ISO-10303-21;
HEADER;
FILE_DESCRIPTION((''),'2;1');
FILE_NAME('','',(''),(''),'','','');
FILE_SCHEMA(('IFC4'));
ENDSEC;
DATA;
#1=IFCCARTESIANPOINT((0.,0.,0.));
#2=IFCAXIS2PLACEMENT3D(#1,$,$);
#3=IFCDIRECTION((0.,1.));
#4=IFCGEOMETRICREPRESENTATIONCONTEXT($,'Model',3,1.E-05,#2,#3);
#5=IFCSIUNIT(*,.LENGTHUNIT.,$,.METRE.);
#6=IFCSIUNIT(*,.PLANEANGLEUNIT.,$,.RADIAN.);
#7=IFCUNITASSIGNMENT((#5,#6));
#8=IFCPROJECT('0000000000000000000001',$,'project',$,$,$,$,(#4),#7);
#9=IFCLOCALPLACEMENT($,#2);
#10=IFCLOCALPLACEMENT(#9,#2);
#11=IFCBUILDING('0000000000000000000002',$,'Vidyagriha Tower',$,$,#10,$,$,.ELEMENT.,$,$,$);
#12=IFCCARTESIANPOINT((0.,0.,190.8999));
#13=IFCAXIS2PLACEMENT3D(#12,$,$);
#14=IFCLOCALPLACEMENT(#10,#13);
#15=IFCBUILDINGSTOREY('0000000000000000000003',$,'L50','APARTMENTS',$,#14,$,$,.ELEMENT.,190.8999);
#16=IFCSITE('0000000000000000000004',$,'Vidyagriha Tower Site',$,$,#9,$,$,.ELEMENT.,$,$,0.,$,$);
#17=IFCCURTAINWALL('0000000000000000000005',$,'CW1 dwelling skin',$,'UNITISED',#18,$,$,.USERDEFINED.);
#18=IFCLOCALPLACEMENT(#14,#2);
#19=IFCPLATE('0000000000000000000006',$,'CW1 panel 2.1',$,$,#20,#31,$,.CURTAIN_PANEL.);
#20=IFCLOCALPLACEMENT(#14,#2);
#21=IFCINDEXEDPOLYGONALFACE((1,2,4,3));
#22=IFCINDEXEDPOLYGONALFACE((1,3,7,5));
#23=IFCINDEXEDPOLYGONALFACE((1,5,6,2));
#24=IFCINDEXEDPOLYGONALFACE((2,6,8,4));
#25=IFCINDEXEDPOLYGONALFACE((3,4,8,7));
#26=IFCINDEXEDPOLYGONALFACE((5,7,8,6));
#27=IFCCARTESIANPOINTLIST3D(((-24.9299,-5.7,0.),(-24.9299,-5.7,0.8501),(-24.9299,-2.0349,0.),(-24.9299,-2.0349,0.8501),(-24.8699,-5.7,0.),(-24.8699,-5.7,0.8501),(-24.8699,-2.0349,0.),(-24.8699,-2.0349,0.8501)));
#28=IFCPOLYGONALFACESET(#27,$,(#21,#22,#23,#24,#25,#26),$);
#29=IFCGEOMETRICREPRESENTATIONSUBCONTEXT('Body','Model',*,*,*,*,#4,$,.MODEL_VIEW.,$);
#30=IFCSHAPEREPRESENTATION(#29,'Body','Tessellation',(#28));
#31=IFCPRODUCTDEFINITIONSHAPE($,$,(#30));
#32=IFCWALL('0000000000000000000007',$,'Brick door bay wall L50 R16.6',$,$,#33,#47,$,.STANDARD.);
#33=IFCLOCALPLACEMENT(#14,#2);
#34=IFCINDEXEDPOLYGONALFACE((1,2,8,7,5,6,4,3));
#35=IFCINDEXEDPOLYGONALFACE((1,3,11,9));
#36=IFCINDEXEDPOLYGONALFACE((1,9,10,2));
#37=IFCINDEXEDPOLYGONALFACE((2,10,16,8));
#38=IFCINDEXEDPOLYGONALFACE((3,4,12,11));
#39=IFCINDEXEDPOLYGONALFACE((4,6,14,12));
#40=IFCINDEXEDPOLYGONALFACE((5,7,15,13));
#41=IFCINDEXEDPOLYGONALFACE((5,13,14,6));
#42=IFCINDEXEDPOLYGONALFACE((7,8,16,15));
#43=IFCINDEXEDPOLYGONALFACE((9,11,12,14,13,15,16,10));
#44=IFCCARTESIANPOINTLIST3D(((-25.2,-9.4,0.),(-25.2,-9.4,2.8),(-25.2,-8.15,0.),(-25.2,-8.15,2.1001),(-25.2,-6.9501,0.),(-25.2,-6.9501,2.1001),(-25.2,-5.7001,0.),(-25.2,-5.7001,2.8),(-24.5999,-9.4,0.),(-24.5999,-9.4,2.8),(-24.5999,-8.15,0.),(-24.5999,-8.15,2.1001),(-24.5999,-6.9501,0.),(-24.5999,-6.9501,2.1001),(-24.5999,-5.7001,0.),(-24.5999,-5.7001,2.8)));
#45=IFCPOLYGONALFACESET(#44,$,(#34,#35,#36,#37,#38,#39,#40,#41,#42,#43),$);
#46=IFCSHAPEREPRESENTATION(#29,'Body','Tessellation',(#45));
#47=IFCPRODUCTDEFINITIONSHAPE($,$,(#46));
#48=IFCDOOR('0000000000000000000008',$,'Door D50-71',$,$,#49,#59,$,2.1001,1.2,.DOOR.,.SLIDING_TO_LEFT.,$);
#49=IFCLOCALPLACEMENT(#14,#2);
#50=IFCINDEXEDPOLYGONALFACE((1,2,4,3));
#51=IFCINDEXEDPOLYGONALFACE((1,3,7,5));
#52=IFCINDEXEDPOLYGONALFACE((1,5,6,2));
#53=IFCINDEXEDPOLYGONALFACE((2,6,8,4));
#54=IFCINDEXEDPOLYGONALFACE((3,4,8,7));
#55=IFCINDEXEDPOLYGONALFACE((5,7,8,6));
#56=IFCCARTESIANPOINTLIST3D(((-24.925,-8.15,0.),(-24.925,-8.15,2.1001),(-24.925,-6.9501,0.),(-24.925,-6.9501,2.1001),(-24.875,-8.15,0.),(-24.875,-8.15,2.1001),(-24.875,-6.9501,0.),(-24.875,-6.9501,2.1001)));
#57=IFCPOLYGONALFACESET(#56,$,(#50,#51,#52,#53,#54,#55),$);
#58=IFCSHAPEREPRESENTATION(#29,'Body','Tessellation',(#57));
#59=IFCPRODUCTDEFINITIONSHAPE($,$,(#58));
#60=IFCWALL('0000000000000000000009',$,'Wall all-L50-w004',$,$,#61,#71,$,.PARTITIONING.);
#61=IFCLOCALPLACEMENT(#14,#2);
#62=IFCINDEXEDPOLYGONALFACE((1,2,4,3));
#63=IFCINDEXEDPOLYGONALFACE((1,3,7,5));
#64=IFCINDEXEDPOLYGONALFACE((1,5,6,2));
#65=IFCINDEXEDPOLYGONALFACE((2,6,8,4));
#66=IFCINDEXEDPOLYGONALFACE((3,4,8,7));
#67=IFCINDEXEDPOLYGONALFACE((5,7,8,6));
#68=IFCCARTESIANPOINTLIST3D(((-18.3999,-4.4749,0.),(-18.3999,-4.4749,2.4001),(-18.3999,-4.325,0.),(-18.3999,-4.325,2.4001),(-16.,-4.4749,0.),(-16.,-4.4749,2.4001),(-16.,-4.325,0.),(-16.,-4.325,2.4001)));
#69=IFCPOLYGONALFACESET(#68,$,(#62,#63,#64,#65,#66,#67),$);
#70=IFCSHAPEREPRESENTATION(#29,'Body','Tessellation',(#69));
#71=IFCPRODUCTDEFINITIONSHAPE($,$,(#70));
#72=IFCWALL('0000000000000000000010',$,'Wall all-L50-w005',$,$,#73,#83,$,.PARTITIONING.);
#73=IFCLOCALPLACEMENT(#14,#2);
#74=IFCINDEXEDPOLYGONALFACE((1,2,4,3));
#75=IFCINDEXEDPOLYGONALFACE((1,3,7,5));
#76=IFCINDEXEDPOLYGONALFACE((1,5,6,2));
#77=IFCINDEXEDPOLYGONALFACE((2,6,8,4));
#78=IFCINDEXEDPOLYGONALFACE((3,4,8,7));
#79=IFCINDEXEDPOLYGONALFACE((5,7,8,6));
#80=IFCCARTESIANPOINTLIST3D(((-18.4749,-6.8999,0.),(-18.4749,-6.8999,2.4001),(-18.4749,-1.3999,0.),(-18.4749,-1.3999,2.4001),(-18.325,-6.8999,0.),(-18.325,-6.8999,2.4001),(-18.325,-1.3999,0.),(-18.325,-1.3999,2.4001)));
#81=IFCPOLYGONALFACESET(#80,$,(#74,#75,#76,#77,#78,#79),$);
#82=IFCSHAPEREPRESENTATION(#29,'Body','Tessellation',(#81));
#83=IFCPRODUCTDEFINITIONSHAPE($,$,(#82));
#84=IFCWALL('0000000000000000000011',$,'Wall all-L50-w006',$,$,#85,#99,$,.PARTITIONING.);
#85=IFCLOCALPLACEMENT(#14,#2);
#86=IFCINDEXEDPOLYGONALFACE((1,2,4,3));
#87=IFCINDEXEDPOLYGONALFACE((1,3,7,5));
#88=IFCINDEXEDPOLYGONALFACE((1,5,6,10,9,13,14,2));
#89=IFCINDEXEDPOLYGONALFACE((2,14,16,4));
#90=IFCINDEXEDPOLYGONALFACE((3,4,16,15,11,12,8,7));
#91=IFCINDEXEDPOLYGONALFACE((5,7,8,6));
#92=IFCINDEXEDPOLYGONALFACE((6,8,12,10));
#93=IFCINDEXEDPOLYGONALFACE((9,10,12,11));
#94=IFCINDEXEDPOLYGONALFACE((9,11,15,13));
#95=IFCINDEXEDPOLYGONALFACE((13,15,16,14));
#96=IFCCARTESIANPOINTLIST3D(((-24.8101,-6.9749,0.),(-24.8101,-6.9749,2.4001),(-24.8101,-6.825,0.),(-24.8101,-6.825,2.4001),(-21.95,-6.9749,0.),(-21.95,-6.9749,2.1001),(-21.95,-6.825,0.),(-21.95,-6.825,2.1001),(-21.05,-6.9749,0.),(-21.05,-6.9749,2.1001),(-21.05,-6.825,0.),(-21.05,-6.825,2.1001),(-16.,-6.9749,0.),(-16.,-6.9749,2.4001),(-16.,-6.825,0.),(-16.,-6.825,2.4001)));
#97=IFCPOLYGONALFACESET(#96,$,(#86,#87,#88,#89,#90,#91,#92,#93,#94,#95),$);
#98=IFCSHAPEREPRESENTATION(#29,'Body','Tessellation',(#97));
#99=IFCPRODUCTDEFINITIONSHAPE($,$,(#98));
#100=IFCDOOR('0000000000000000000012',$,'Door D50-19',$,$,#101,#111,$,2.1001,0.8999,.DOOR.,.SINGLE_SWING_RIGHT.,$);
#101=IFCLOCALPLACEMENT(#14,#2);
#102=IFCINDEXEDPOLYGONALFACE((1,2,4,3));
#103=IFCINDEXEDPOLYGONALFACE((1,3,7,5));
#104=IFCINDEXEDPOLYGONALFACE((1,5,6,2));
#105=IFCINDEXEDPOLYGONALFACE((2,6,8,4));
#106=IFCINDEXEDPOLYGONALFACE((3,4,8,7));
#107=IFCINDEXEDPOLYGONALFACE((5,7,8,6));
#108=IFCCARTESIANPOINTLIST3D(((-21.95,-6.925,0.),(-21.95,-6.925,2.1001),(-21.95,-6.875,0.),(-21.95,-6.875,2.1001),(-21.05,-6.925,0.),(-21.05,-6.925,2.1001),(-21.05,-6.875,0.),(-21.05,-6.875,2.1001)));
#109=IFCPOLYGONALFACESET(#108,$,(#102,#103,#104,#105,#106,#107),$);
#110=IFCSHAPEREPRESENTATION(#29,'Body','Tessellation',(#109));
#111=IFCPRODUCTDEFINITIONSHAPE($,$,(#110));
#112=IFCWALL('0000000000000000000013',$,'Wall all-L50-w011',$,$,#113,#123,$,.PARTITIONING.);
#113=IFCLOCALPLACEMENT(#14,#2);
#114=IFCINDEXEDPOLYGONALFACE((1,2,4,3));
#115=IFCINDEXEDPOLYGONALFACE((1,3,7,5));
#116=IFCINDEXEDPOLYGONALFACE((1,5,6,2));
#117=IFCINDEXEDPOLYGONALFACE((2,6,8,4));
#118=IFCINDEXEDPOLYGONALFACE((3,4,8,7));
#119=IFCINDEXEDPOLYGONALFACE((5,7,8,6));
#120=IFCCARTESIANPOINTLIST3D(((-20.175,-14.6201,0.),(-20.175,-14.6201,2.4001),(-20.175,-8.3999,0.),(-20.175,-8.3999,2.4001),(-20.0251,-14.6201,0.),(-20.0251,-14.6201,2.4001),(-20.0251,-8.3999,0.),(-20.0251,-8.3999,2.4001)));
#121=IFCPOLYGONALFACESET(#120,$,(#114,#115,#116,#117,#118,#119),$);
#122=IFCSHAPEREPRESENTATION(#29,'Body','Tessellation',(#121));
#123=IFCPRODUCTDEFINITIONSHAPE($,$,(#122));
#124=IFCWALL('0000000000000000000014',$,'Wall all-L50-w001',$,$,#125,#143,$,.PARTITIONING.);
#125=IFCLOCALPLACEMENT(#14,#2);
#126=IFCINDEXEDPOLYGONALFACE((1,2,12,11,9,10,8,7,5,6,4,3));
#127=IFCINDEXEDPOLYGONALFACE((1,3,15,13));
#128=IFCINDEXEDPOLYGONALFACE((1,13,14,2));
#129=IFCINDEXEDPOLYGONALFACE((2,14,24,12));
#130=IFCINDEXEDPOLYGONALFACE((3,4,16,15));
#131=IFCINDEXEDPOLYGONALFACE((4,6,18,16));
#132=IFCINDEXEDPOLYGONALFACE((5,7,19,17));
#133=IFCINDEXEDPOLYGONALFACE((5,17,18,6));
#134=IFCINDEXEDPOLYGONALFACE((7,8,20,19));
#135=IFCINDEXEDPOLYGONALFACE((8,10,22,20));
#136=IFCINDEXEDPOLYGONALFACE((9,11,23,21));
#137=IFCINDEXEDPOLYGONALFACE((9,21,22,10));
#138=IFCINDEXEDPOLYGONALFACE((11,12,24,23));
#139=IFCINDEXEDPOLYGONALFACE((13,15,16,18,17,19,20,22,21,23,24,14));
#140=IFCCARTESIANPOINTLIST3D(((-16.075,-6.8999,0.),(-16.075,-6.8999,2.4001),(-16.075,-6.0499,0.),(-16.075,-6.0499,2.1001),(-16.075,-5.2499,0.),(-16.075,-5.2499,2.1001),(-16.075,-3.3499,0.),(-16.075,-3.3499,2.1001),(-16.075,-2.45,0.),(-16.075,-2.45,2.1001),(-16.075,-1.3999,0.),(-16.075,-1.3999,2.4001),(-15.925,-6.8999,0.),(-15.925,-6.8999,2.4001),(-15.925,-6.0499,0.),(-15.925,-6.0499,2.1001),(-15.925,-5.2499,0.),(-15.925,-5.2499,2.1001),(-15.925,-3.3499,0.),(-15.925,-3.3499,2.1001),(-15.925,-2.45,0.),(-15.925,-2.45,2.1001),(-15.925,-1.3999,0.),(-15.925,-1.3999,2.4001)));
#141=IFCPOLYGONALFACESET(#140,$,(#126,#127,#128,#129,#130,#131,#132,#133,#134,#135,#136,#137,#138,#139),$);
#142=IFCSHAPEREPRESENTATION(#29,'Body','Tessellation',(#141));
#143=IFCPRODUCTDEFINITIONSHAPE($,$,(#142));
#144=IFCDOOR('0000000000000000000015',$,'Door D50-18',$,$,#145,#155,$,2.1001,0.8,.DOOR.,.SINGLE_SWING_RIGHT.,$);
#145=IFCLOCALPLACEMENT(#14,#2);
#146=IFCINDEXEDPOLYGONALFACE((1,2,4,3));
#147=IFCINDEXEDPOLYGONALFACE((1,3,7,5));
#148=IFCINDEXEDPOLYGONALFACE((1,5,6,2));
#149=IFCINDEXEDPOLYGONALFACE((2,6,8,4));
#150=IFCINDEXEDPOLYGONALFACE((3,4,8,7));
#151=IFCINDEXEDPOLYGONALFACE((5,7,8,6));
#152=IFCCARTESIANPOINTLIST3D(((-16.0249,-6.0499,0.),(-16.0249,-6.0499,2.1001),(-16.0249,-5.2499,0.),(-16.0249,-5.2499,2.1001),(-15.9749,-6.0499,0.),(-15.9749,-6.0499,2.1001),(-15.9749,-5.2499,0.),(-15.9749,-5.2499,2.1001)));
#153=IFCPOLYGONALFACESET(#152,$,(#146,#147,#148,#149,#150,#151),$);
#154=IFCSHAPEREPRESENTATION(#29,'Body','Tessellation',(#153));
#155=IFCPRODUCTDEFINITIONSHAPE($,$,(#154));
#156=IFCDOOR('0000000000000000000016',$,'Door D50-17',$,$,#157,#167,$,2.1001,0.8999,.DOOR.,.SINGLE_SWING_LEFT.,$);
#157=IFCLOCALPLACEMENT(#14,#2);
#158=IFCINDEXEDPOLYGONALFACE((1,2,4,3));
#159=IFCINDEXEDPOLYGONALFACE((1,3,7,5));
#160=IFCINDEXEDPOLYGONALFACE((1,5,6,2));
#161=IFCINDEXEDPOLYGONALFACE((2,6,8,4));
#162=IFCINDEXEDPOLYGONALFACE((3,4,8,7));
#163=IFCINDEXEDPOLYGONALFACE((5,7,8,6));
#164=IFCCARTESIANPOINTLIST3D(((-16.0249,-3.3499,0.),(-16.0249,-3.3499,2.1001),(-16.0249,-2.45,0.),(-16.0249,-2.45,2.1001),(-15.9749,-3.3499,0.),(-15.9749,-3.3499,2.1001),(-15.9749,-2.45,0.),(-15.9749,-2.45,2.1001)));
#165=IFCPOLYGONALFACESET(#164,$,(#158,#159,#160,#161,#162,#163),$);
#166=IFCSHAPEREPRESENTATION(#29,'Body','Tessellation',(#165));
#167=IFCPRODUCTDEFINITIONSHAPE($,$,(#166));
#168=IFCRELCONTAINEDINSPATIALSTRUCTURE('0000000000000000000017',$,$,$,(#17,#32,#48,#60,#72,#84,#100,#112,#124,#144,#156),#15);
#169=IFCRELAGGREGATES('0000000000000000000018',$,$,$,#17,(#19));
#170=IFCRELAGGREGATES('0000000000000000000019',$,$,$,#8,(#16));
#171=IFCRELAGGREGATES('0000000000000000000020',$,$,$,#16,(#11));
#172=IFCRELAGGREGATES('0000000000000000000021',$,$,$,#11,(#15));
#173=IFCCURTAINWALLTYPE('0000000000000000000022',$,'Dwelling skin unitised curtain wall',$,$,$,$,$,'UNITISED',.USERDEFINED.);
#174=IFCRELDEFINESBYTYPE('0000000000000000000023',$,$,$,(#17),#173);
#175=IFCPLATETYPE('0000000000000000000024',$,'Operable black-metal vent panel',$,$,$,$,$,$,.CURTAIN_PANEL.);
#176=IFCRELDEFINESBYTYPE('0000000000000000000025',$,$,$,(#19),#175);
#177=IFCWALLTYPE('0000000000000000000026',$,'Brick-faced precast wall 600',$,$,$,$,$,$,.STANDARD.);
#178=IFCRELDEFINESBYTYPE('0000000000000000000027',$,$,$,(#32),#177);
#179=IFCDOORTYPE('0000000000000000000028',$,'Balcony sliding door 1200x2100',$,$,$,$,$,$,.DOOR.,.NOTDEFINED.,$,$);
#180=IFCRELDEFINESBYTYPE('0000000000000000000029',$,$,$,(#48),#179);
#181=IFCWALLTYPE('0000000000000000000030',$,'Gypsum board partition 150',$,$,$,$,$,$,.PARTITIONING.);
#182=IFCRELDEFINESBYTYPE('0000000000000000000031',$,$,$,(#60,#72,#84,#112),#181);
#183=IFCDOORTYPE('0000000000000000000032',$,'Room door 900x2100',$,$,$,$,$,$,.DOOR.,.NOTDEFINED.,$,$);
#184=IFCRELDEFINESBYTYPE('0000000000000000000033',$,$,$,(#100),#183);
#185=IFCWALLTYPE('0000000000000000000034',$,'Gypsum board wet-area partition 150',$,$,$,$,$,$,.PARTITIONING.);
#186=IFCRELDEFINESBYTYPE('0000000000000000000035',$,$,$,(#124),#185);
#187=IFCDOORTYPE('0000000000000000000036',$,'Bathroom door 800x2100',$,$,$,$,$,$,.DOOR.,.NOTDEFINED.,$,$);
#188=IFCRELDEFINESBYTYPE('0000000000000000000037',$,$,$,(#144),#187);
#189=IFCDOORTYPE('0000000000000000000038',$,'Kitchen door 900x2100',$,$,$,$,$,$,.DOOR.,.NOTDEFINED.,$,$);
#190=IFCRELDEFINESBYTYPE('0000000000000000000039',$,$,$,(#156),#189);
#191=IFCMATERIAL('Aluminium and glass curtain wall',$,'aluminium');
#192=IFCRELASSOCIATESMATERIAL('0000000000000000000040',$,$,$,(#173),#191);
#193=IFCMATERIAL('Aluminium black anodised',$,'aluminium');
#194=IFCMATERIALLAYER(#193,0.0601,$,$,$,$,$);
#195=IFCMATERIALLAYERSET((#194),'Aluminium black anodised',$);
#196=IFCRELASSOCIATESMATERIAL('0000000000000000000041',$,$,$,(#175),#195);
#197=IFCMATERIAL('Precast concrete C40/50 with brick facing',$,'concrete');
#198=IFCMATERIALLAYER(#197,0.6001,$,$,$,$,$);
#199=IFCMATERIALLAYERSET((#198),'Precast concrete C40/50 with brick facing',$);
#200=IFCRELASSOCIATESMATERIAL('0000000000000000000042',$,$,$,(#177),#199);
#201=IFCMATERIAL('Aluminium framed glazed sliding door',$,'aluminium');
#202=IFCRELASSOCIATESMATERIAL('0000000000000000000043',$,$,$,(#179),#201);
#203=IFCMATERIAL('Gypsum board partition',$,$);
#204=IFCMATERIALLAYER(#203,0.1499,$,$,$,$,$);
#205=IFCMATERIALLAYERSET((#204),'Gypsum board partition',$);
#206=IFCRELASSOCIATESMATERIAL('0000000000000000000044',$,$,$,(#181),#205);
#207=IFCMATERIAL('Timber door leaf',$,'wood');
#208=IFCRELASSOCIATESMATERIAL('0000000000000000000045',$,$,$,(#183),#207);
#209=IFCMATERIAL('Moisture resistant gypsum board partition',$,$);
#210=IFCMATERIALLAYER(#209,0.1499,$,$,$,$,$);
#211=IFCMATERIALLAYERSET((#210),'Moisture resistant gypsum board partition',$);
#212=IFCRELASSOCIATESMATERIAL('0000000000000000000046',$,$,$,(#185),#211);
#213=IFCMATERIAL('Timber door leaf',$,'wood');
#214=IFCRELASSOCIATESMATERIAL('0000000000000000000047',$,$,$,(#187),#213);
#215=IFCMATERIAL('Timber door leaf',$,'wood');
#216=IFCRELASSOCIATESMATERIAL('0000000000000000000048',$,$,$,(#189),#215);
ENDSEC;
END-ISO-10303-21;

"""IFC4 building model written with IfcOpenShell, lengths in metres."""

from ifc_helpers import new_model, si_unit, direction, frame, frame_2d, origin, origin_2d, place, context, subcontext, project, spatial, rectangle, extrude, material, layer, layer_set, type_object, element, fill, aggregate, save


model = new_model("IFC4")

# Units and contexts
model_context = context("Model", 3, precision=1e-05, world=origin(), true_north=direction((0.0, 1.0)))
body_context = subcontext(model_context, "Body", "Model", "MODEL_VIEW")
ifc_project = project(units=[si_unit("LENGTHUNIT", "METRE"), si_unit("PLANEANGLEUNIT", "RADIAN")], contexts=[model_context])

# Site, building, storey
site_placement = place(None, origin())
site = spatial("IfcSite", under=ifc_project, at=site_placement, Name="Vidyagriha Tower Site", CompositionType="ELEMENT", RefElevation=0.0)
building_placement = place(site_placement, origin())
building = spatial("IfcBuilding", under=site, at=building_placement, Name="Vidyagriha Tower", CompositionType="ELEMENT")
storey_placement = place(building_placement, frame((0.0, 0.0, 190.8999)))
storey = spatial("IfcBuildingStorey", under=building, at=storey_placement, Name="L50", Description="APARTMENTS", CompositionType="ELEMENT", Elevation=190.8999)

# Curtain wall
ifc_material_1 = material(Name="Aluminium and glass curtain wall", Category="aluminium")
curtain_wall_type = type_object("IfcCurtainWallType", Name="Dwelling skin unitised curtain wall", ElementType="UNITISED", PredefinedType="USERDEFINED", material=ifc_material_1)
curtain_wall_1_placement = place(storey_placement, origin())
curtain_wall_1 = element("IfcCurtainWall", 1, at=curtain_wall_1_placement, inside=storey, type_object=curtain_wall_type, Name="CW1 dwelling skin", ObjectType="UNITISED", PredefinedType="USERDEFINED")

# Plate
ifc_material_2 = material(Name="Aluminium black anodised", Category="aluminium")
ifc_layer_1 = layer(ifc_material_2, 0.0601)
ifc_layer_set_1 = layer_set([ifc_layer_1], Name="Aluminium black anodised")
plate_type_1 = type_object("IfcPlateType", Name="Operable black-metal vent panel", PredefinedType="CURTAIN_PANEL", material=ifc_layer_set_1)
plate_1_placement = place(storey_placement, frame((-24.8999, -3.8674, 0.0), z_axis=(0.0, 0.0, 1.0), x_axis=(0.0, -1.0, 0.0)))
plate_1 = element("IfcPlate", 2, at=plate_1_placement, type_object=plate_type_1, Name="CW1 panel 2.1", PredefinedType="CURTAIN_PANEL", context=body_context, shape_type="SweptSolid", body=[
    extrude(rectangle(XDim=3.665, YDim=0.0601, at=origin_2d()), origin(), (0.0, 0.0, 1.0), 0.8501),
])
aggregate(curtain_wall_1, [plate_1])

# Wall, opening, door
ifc_material_3 = material(Name="Precast concrete C40/50 with brick facing", Category="concrete")
ifc_layer_2 = layer(ifc_material_3, 0.6001)
ifc_layer_set_2 = layer_set([ifc_layer_2], Name="Precast concrete C40/50 with brick facing")
wall_type_1 = type_object("IfcWallType", Name="Brick-faced precast wall 600", PredefinedType="STANDARD", material=ifc_layer_set_2)
wall_1_placement = place(storey_placement, frame((-24.8999, -5.7, 0.0), z_axis=(0.0, 0.0, 1.0), x_axis=(0.0, -1.0, 0.0)))
wall_1 = element("IfcWall", 3, at=wall_1_placement, inside=storey, type_object=wall_type_1, Name="Brick door bay wall L50 R16.6", PredefinedType="STANDARD", context=body_context, shape_type="SweptSolid", body=[
    extrude(rectangle(XDim=3.7, YDim=0.6001, at=frame_2d((1.8501, 0.0))), origin(), (0.0, 0.0, 1.0), 2.8),
])
opening_1_placement = place(wall_1_placement, frame((1.25, 0.0, 0.0)))
opening_1 = element("IfcOpeningElement", 4, at=opening_1_placement, cuts=wall_1, PredefinedType="OPENING", context=body_context, shape_type="SweptSolid", body=[
    extrude(rectangle(XDim=1.2, YDim=2.1001, at=frame_2d((0.6001, 1.05))), frame((0.0, 0.3101, 0.0), z_axis=(0.0, -1.0, 0.0), x_axis=(1.0, 0.0, 0.0)), (0.0, 0.0, 1.0), 0.6201),
])
ifc_material_4 = material(Name="Aluminium framed glazed sliding door", Category="aluminium")
door_type_1 = type_object("IfcDoorType", Name="Balcony sliding door 1200x2100", OperationType="NOTDEFINED", PredefinedType="DOOR", material=ifc_material_4)
door_1_placement = place(opening_1_placement, origin())
door_1 = element("IfcDoor", 5, at=door_1_placement, inside=storey, type_object=door_type_1, Name="Door D50-71", OperationType="SLIDING_TO_LEFT", OverallHeight=2.1001, OverallWidth=1.2, PredefinedType="DOOR", context=body_context, shape_type="SweptSolid", body=[
    extrude(rectangle(XDim=1.2, YDim=2.1001, at=frame_2d((0.6001, 1.05))), frame((0.0, 0.0249, 0.0), z_axis=(0.0, -1.0, 0.0), x_axis=(1.0, 0.0, 0.0)), (0.0, 0.0, 1.0), 0.05),
])
fill(opening_1, door_1)

# Walls
ifc_material_5 = material(Name="Gypsum board partition")
ifc_layer_3 = layer(ifc_material_5, 0.1499)
ifc_layer_set_3 = layer_set([ifc_layer_3], Name="Gypsum board partition")
wall_type_2 = type_object("IfcWallType", Name="Gypsum board partition 150", PredefinedType="PARTITIONING", material=ifc_layer_set_3)
wall_2_placement = place(storey_placement, frame((-16.0, -4.3999, 0.0), z_axis=(0.0, 0.0, 1.0), x_axis=(-1.0, 0.0, 0.0)))
element("IfcWall", 6, at=wall_2_placement, inside=storey, type_object=wall_type_2, Name="Wall all-L50-w004", PredefinedType="PARTITIONING", context=body_context, shape_type="SweptSolid", body=[
    extrude(rectangle(XDim=2.3999, YDim=0.1499, at=frame_2d((1.2, 0.0))), origin(), (0.0, 0.0, 1.0), 2.4001),
])
wall_3_placement = place(storey_placement, frame((-18.3999, -6.8999, 0.0), z_axis=(0.0, 0.0, 1.0), x_axis=(0.0, 1.0, 0.0)))
element("IfcWall", 7, at=wall_3_placement, inside=storey, type_object=wall_type_2, Name="Wall all-L50-w005", PredefinedType="PARTITIONING", context=body_context, shape_type="SweptSolid", body=[
    extrude(rectangle(XDim=5.5, YDim=0.1499, at=frame_2d((2.75, 0.0))), origin(), (0.0, 0.0, 1.0), 2.4001),
])

# Wall, opening, door
wall_4_placement = place(storey_placement, frame((-24.8101, -6.8999, 0.0)))
wall_4 = element("IfcWall", 8, at=wall_4_placement, inside=storey, type_object=wall_type_2, Name="Wall all-L50-w006", PredefinedType="PARTITIONING", context=body_context, shape_type="SweptSolid", body=[
    extrude(rectangle(XDim=8.8101, YDim=0.1499, at=frame_2d((4.405, 0.0))), origin(), (0.0, 0.0, 1.0), 2.4001),
])
opening_2_placement = place(wall_4_placement, frame((2.8601, 0.0, 0.0)))
opening_2 = element("IfcOpeningElement", 9, at=opening_2_placement, cuts=wall_4, PredefinedType="OPENING", context=body_context, shape_type="SweptSolid", body=[
    extrude(rectangle(XDim=0.8999, YDim=2.1001, at=frame_2d((0.45, 1.05))), frame((0.0, 0.085, 0.0), z_axis=(0.0, -1.0, 0.0), x_axis=(1.0, 0.0, 0.0)), (0.0, 0.0, 1.0), 0.1699),
])
ifc_material_6 = material(Name="Timber door leaf", Category="wood")
door_type_2 = type_object("IfcDoorType", Name="Room door 900x2100", OperationType="NOTDEFINED", PredefinedType="DOOR", material=ifc_material_6)
door_2_placement = place(opening_2_placement, origin())
door_2 = element("IfcDoor", 10, at=door_2_placement, inside=storey, type_object=door_type_2, Name="Door D50-19", OperationType="SINGLE_SWING_RIGHT", OverallHeight=2.1001, OverallWidth=0.8999, PredefinedType="DOOR", context=body_context, shape_type="SweptSolid", body=[
    extrude(rectangle(XDim=0.8999, YDim=2.1001, at=frame_2d((0.45, 1.05))), frame((0.0, 0.0249, 0.0), z_axis=(0.0, -1.0, 0.0), x_axis=(1.0, 0.0, 0.0)), (0.0, 0.0, 1.0), 0.05),
])
fill(opening_2, door_2)

# Wall
wall_5_placement = place(storey_placement, frame((-20.1001, -8.3999, 0.0), z_axis=(0.0, 0.0, 1.0), x_axis=(0.0, -1.0, 0.0)))
element("IfcWall", 11, at=wall_5_placement, inside=storey, type_object=wall_type_2, Name="Wall all-L50-w011", PredefinedType="PARTITIONING", context=body_context, shape_type="SweptSolid", body=[
    extrude(rectangle(XDim=6.2202, YDim=0.1499, at=frame_2d((3.1101, 0.0))), origin(), (0.0, 0.0, 1.0), 2.4001),
])

# Wall, openings, doors
ifc_material_7 = material(Name="Moisture resistant gypsum board partition")
ifc_layer_4 = layer(ifc_material_7, 0.1499)
ifc_layer_set_4 = layer_set([ifc_layer_4], Name="Moisture resistant gypsum board partition")
wall_type_3 = type_object("IfcWallType", Name="Gypsum board wet-area partition 150", PredefinedType="PARTITIONING", material=ifc_layer_set_4)
wall_6_placement = place(storey_placement, frame((-16.0, -6.8999, 0.0), z_axis=(0.0, 0.0, 1.0), x_axis=(0.0, 1.0, 0.0)))
wall_6 = element("IfcWall", 12, at=wall_6_placement, inside=storey, type_object=wall_type_3, Name="Wall all-L50-w001", PredefinedType="PARTITIONING", context=body_context, shape_type="SweptSolid", body=[
    extrude(rectangle(XDim=5.5, YDim=0.1499, at=frame_2d((2.75, 0.0))), origin(), (0.0, 0.0, 1.0), 2.4001),
])
opening_3_placement = place(wall_6_placement, frame((3.55, 0.0, 0.0)))
opening_3 = element("IfcOpeningElement", 13, at=opening_3_placement, cuts=wall_6, PredefinedType="OPENING", context=body_context, shape_type="SweptSolid", body=[
    extrude(rectangle(XDim=0.8999, YDim=2.1001, at=frame_2d((0.45, 1.05))), frame((0.0, 0.085, 0.0), z_axis=(0.0, -1.0, 0.0), x_axis=(1.0, 0.0, 0.0)), (0.0, 0.0, 1.0), 0.1699),
])
opening_4_placement = place(wall_6_placement, frame((0.8501, 0.0, 0.0)))
opening_4 = element("IfcOpeningElement", 14, at=opening_4_placement, cuts=wall_6, PredefinedType="OPENING", context=body_context, shape_type="SweptSolid", body=[
    extrude(rectangle(XDim=0.8, YDim=2.1001, at=frame_2d((0.3999, 1.05))), frame((0.0, 0.085, 0.0), z_axis=(0.0, -1.0, 0.0), x_axis=(1.0, 0.0, 0.0)), (0.0, 0.0, 1.0), 0.1699),
])
ifc_material_8 = material(Name="Timber door leaf", Category="wood")
door_type_3 = type_object("IfcDoorType", Name="Bathroom door 800x2100", OperationType="NOTDEFINED", PredefinedType="DOOR", material=ifc_material_8)
door_3_placement = place(opening_4_placement, origin())
door_3 = element("IfcDoor", 15, at=door_3_placement, inside=storey, type_object=door_type_3, Name="Door D50-18", OperationType="SINGLE_SWING_RIGHT", OverallHeight=2.1001, OverallWidth=0.8, PredefinedType="DOOR", context=body_context, shape_type="SweptSolid", body=[
    extrude(rectangle(XDim=0.8, YDim=2.1001, at=frame_2d((0.3999, 1.05))), frame((0.0, 0.0249, 0.0), z_axis=(0.0, -1.0, 0.0), x_axis=(1.0, 0.0, 0.0)), (0.0, 0.0, 1.0), 0.05),
])
fill(opening_4, door_3)
ifc_material_9 = material(Name="Timber door leaf", Category="wood")
door_type_4 = type_object("IfcDoorType", Name="Kitchen door 900x2100", OperationType="NOTDEFINED", PredefinedType="DOOR", material=ifc_material_9)
door_4_placement = place(opening_3_placement, origin())
door_4 = element("IfcDoor", 16, at=door_4_placement, inside=storey, type_object=door_type_4, Name="Door D50-17", OperationType="SINGLE_SWING_LEFT", OverallHeight=2.1001, OverallWidth=0.8999, PredefinedType="DOOR", context=body_context, shape_type="SweptSolid", body=[
    extrude(rectangle(XDim=0.8999, YDim=2.1001, at=frame_2d((0.45, 1.05))), frame((0.0, 0.0249, 0.0), z_axis=(0.0, -1.0, 0.0), x_axis=(1.0, 0.0, 0.0)), (0.0, 0.0, 1.0), 0.05),
])
fill(opening_3, door_4)

save(model, "model.ifc")
